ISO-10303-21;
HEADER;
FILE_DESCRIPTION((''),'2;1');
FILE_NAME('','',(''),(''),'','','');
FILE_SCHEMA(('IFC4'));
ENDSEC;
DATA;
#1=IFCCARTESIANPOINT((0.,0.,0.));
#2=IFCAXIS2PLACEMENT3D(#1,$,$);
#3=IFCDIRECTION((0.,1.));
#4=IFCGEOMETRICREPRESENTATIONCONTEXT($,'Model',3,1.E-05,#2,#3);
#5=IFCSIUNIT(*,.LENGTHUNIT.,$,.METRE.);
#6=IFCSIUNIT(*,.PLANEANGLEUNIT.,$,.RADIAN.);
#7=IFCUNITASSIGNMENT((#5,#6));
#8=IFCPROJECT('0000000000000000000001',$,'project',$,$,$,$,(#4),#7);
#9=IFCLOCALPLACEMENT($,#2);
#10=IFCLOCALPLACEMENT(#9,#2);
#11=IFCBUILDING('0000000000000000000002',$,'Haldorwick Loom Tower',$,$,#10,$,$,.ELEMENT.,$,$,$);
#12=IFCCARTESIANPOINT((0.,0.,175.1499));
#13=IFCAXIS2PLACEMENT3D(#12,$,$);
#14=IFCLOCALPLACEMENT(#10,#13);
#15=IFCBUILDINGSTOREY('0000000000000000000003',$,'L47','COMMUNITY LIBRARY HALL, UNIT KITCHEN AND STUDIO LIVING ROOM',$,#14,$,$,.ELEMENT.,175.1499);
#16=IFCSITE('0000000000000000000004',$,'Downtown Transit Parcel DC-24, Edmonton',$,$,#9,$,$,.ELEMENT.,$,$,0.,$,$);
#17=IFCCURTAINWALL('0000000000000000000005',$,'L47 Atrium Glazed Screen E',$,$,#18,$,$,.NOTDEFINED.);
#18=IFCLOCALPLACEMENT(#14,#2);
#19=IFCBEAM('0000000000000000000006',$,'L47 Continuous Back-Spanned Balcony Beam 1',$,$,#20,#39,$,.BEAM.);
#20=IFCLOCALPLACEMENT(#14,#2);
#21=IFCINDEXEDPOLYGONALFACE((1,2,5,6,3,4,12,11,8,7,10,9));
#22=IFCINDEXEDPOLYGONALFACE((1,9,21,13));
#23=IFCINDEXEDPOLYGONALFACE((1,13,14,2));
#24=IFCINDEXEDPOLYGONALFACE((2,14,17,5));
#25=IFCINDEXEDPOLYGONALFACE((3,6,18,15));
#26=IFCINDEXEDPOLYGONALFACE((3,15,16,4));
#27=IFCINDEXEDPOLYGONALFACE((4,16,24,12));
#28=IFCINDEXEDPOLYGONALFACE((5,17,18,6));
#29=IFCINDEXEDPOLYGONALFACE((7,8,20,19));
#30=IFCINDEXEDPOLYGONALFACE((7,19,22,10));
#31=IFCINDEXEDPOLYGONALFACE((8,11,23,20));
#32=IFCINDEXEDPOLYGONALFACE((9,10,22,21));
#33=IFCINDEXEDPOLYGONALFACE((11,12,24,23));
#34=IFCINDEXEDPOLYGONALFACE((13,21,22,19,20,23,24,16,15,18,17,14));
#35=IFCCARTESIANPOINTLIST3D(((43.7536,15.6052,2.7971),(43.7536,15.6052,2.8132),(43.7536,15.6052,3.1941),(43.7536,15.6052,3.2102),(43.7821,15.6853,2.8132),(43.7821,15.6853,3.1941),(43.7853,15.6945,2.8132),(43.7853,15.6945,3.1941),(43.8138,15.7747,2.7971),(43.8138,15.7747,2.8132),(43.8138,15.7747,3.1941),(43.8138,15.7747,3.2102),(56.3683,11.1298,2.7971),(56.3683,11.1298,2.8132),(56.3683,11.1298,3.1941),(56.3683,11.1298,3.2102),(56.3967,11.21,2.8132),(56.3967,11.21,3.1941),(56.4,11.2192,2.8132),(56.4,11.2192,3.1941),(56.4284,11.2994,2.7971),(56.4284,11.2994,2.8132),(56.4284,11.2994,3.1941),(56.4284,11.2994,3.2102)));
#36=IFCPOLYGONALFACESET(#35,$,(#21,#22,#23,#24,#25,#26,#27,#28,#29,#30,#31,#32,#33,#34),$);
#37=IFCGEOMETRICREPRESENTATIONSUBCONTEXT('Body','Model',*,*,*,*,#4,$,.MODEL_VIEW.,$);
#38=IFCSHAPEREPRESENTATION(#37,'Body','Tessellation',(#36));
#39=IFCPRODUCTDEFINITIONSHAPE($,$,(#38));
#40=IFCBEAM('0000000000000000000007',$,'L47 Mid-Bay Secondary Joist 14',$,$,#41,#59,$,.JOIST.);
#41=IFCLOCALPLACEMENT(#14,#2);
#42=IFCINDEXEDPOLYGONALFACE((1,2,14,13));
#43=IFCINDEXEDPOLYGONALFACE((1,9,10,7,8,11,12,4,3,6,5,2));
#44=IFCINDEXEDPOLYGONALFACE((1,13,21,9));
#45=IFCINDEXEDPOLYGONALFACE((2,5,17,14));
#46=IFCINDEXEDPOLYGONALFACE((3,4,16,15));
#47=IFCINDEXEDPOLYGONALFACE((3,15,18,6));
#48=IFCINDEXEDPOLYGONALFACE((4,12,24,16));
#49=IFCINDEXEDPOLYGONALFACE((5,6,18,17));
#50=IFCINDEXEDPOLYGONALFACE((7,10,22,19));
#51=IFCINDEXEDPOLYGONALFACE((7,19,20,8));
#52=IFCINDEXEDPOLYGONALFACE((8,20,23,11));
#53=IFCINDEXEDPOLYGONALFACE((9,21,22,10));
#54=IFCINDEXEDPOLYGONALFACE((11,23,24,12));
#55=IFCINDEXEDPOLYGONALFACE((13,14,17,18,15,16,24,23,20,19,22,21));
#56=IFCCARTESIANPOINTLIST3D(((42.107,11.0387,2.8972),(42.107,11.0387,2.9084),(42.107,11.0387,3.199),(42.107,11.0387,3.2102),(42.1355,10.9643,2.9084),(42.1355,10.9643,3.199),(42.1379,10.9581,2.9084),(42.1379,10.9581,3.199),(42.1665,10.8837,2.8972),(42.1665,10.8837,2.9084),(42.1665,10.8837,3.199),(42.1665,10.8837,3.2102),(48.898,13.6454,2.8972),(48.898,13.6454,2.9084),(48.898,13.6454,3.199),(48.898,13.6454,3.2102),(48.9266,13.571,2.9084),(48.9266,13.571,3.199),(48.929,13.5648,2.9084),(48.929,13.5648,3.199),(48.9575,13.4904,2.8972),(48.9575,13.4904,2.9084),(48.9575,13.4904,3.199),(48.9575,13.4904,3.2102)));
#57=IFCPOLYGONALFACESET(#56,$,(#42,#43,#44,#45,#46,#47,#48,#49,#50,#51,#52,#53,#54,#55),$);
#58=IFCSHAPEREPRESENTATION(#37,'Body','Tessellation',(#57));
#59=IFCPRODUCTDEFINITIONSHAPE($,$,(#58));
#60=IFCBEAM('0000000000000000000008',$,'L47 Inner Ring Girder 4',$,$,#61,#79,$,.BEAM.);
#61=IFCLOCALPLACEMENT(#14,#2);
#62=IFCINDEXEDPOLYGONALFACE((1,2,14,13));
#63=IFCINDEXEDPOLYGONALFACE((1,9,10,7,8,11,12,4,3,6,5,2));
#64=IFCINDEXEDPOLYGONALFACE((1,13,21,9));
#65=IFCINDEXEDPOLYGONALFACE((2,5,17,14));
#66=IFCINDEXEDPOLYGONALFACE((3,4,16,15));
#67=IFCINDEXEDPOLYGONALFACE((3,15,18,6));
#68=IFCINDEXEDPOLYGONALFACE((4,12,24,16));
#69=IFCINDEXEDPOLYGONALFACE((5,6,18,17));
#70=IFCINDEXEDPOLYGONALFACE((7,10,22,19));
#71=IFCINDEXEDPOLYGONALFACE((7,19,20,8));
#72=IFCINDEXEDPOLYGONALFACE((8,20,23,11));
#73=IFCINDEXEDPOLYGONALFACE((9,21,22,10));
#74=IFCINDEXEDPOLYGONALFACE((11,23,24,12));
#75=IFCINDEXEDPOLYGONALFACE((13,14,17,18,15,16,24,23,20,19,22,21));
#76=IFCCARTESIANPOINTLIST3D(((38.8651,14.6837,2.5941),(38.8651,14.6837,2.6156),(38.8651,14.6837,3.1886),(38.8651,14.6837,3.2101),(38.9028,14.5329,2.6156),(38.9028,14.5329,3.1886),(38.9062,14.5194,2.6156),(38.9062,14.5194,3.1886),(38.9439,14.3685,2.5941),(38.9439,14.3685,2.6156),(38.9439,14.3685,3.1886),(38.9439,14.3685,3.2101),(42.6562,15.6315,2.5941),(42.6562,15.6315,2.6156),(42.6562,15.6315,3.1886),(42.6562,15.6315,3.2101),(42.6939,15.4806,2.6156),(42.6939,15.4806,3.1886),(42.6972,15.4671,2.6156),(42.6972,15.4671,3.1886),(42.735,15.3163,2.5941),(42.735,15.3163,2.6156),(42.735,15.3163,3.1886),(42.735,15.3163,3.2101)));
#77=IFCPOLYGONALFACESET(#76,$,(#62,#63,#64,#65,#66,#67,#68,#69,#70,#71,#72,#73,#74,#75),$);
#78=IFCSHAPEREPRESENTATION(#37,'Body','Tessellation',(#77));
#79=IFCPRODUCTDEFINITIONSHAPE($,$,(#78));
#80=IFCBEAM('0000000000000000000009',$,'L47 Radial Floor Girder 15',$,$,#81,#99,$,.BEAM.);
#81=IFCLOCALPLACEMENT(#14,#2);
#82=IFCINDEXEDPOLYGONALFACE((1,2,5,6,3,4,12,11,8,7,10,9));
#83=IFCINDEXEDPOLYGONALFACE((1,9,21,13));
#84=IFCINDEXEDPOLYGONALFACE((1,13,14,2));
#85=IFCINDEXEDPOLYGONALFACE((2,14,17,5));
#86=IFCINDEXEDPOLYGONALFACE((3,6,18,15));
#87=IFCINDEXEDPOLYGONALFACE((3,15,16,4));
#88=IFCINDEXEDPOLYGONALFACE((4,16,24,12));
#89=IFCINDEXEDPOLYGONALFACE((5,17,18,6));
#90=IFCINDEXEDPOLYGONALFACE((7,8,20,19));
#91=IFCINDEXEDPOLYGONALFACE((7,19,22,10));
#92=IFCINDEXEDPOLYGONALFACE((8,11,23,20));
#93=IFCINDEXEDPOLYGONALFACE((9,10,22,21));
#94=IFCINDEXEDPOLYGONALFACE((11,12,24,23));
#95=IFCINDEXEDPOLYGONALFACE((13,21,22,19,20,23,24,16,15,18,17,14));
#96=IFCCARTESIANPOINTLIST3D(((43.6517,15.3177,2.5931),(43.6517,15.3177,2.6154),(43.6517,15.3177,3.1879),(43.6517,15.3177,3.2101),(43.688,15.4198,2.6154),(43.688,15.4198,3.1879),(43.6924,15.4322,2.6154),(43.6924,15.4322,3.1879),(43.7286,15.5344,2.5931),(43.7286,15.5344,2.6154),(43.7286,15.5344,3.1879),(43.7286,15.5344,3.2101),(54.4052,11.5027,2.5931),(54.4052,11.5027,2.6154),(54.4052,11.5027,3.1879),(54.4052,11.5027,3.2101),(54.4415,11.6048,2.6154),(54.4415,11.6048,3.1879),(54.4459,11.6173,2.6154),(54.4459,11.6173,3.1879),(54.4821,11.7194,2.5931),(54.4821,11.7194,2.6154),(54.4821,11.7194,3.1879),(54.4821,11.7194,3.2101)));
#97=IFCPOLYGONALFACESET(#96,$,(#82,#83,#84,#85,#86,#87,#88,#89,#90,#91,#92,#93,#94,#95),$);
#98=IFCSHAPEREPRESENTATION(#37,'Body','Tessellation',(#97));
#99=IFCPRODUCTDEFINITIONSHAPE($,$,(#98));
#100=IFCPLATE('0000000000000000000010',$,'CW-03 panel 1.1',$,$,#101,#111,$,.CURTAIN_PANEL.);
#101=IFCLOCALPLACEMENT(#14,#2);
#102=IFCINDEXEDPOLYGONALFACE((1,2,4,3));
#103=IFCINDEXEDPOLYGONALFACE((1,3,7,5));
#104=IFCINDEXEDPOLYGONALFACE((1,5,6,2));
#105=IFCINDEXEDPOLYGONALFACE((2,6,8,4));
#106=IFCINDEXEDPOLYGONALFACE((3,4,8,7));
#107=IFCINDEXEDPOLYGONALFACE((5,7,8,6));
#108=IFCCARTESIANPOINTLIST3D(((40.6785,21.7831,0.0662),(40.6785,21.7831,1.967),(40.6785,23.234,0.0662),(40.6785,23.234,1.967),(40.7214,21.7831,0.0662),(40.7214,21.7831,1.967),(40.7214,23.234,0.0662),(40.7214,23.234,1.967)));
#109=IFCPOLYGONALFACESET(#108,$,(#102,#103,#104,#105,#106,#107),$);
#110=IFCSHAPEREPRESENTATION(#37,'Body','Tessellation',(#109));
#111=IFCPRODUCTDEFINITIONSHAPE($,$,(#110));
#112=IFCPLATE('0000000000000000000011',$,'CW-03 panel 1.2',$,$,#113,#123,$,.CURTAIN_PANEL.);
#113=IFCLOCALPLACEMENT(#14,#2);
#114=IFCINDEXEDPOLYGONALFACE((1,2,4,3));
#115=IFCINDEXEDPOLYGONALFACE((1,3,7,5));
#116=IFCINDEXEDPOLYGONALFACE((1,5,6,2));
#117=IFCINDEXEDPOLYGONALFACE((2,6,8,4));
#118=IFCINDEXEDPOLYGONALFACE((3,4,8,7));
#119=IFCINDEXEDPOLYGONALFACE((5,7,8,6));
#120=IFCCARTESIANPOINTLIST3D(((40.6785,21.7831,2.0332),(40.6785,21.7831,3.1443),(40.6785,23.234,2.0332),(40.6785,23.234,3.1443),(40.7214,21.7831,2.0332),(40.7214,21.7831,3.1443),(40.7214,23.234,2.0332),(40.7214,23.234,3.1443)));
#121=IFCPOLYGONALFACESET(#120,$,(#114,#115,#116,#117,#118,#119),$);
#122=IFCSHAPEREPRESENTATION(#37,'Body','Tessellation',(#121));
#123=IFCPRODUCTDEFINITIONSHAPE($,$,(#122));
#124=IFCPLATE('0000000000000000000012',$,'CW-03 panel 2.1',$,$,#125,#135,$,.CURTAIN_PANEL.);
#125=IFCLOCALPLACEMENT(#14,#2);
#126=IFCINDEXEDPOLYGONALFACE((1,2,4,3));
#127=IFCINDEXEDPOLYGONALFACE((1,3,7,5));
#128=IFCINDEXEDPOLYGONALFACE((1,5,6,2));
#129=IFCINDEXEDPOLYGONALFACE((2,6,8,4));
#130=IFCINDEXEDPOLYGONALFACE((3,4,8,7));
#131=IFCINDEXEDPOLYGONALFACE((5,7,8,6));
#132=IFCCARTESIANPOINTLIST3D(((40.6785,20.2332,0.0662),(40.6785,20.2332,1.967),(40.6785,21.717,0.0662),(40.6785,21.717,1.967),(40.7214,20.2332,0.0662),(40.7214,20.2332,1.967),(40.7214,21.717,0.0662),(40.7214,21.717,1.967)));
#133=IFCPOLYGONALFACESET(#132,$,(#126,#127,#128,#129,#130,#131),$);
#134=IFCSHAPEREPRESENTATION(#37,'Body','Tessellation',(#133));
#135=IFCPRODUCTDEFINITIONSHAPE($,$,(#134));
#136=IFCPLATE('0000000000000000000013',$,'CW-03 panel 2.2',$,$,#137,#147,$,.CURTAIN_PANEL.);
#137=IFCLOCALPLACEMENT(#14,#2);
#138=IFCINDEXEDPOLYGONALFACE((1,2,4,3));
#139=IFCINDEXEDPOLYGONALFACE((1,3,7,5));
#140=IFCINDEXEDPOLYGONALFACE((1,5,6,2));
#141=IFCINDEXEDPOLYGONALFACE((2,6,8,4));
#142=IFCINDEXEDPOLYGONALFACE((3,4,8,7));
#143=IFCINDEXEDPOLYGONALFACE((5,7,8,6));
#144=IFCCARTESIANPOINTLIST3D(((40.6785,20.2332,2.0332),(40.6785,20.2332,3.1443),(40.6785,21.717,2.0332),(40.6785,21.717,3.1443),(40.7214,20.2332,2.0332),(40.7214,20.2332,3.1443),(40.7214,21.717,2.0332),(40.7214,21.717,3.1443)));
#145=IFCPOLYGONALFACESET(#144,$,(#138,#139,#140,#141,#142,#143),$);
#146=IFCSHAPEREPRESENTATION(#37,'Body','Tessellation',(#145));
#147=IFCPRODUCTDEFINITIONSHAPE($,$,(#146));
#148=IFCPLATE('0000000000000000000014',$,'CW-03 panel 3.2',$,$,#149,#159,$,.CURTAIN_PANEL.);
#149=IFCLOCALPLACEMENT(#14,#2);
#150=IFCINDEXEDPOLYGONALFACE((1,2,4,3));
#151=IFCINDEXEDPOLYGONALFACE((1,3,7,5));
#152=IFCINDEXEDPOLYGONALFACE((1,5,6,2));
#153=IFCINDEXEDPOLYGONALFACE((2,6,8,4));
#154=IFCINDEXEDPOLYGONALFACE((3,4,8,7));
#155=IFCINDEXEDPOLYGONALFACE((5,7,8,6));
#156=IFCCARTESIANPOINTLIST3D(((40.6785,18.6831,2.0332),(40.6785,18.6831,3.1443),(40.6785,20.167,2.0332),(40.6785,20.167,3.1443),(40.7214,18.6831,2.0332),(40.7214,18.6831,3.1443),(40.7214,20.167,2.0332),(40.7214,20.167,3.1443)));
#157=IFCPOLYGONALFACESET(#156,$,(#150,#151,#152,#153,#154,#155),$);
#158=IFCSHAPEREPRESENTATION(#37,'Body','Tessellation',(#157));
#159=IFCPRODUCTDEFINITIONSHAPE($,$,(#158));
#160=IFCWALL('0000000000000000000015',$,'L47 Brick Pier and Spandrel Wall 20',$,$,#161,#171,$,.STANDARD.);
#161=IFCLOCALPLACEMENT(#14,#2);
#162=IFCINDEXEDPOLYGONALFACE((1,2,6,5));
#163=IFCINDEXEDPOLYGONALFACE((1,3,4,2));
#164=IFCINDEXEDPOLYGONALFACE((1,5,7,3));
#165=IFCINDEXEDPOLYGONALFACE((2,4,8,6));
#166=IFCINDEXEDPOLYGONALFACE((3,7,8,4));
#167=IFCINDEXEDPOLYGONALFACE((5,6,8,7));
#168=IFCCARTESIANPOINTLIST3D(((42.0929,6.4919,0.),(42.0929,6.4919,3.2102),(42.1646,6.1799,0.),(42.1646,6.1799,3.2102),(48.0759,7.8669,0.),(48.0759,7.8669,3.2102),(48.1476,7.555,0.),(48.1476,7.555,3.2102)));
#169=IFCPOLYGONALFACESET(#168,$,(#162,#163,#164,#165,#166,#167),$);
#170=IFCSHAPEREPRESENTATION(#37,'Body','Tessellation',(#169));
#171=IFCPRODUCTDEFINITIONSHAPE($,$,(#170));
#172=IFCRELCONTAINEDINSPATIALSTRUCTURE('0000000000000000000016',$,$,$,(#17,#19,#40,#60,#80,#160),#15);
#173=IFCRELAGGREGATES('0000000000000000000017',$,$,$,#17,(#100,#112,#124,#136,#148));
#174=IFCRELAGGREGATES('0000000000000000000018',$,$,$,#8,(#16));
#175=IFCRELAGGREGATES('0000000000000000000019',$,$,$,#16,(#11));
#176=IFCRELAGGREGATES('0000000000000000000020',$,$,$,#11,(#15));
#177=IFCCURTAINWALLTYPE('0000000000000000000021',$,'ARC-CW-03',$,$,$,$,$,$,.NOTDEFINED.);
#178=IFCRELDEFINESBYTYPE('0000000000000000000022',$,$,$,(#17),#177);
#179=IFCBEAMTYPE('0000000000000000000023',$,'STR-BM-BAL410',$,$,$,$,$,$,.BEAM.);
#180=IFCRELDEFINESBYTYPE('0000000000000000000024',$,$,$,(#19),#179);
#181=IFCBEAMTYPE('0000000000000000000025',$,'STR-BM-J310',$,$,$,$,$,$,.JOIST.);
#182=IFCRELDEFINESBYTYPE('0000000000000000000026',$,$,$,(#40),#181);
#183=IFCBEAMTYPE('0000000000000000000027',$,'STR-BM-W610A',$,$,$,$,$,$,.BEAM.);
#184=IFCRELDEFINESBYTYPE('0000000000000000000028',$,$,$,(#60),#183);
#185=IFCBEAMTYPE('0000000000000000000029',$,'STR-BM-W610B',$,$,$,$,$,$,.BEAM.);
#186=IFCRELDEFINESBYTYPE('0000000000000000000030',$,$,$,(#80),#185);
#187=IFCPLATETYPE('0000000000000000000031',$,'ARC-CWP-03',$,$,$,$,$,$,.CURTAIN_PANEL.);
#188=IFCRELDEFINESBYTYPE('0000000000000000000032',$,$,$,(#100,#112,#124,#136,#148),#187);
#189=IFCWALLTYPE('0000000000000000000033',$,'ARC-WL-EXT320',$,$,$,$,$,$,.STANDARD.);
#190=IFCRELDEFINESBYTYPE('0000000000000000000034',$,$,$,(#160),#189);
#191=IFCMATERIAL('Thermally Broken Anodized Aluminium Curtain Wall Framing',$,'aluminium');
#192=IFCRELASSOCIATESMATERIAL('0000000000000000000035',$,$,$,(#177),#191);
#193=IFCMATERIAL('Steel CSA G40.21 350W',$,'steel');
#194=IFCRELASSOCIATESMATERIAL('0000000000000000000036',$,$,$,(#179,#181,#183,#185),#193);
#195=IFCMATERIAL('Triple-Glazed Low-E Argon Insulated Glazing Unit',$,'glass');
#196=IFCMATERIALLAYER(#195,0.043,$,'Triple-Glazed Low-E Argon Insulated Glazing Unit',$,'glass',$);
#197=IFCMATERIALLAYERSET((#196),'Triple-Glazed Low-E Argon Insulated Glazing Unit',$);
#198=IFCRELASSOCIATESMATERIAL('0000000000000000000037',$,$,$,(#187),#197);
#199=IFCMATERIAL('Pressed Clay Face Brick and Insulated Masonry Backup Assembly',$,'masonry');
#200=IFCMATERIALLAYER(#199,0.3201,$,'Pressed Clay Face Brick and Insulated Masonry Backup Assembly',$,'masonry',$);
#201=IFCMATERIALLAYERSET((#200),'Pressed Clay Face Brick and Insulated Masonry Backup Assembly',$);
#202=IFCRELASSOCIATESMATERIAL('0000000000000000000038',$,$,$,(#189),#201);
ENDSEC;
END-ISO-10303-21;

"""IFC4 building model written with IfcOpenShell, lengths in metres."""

from ifc_helpers import new_model, si_unit, direction, frame, frame_2d, origin, origin_2d, place, context, subcontext, project, spatial, rectangle, i_section, extrude, material, layer, layer_set, material_profile, profile_set, type_object, element, aggregate, save


model = new_model("IFC4")

# Units and contexts
model_context = context("Model", 3, precision=1e-05, world=origin(), true_north=direction((0.0, 1.0)))
body_context = subcontext(model_context, "Body", "Model", "MODEL_VIEW")
ifc_project = project(units=[si_unit("LENGTHUNIT", "METRE"), si_unit("PLANEANGLEUNIT", "RADIAN")], contexts=[model_context])

# Site, building, storey
site_placement = place(None, origin())
site = spatial("IfcSite", under=ifc_project, at=site_placement, Name="Downtown Transit Parcel DC-24, Edmonton", CompositionType="ELEMENT", RefElevation=0.0)
building_placement = place(site_placement, origin())
building = spatial("IfcBuilding", under=site, at=building_placement, Name="Haldorwick Loom Tower", CompositionType="ELEMENT")
storey_placement = place(building_placement, frame((0.0, 0.0, 175.1499)))
storey = spatial("IfcBuildingStorey", under=building, at=storey_placement, Name="L47", Description="COMMUNITY LIBRARY HALL, UNIT KITCHEN AND STUDIO LIVING ROOM", CompositionType="ELEMENT", Elevation=175.1499)

# Curtain wall
ifc_material_1 = material(Name="Thermally Broken Anodized Aluminium Curtain Wall Framing", Category="aluminium")
curtain_wall_type = type_object("IfcCurtainWallType", Name="ARC-CW-03", PredefinedType="NOTDEFINED", material=ifc_material_1)
curtain_wall_placement = place(storey_placement, origin())
curtain_wall = element("IfcCurtainWall", 1, at=curtain_wall_placement, inside=storey, type_object=curtain_wall_type, Name="L47 Atrium Glazed Screen E", PredefinedType="NOTDEFINED")

# Beams
ifc_material_2 = material(Name="Steel CSA G40.21 350W", Category="steel")
ifc_material_profile_1 = material_profile(ifc_material_2, i_section(OverallWidth=0.1799, OverallDepth=0.4131, WebThickness=0.0098, FlangeThickness=0.0161, at=origin_2d()), Name="W410X74", Category="steel")
ifc_profile_set_1 = profile_set([ifc_material_profile_1], Name="Steel CSA G40.21 350W")
beam_type_1 = type_object("IfcBeamType", Name="STR-BM-BAL410", PredefinedType="BEAM", material=ifc_profile_set_1)
beam_1_placement = place(storey_placement, frame((43.7837, 15.6899, 3.0037), z_axis=(0.942448, -0.334353, 0.0), x_axis=(0.334353, 0.942448, 0.0)))
element("IfcBeam", 2, at=beam_1_placement, inside=storey, type_object=beam_type_1, Name="L47 Continuous Back-Spanned Balcony Beam 1", PredefinedType="BEAM", context=body_context, shape_type="SweptSolid", body=[
    extrude(i_section(OverallWidth=0.1799, OverallDepth=0.4131, WebThickness=0.0098, FlangeThickness=0.0161, at=origin_2d()), origin(), (0.0, 0.0, 1.0), 13.385),
])
ifc_material_profile_2 = material_profile(ifc_material_2, i_section(OverallWidth=0.166, OverallDepth=0.313, WebThickness=0.0066, FlangeThickness=0.0112, at=origin_2d()), Name="W310X45", Category="steel")
ifc_profile_set_2 = profile_set([ifc_material_profile_2], Name="Steel CSA G40.21 350W")
beam_type_2 = type_object("IfcBeamType", Name="STR-BM-J310", PredefinedType="JOIST", material=ifc_profile_set_2)
beam_2_placement = place(storey_placement, frame((42.1367, 10.9612, 3.0537), z_axis=(0.933587, 0.358352, 0.0), x_axis=(-0.358352, 0.933587, 0.0)))
element("IfcBeam", 3, at=beam_2_placement, inside=storey, type_object=beam_type_2, Name="L47 Mid-Bay Secondary Joist 14", PredefinedType="JOIST", context=body_context, shape_type="SweptSolid", body=[
    extrude(i_section(OverallWidth=0.166, OverallDepth=0.313, WebThickness=0.0066, FlangeThickness=0.0112, at=origin_2d()), origin(), (0.0, 0.0, 1.0), 7.2742),
])
ifc_material_profile_3 = material_profile(ifc_material_2, i_section(OverallWidth=0.325, OverallDepth=0.616, WebThickness=0.0139, FlangeThickness=0.0215, at=origin_2d()), Name="W610X174", Category="steel")
ifc_profile_set_3 = profile_set([ifc_material_profile_3], Name="Steel CSA G40.21 350W")
beam_type_3 = type_object("IfcBeamType", Name="STR-BM-W610A", PredefinedType="BEAM", material=ifc_profile_set_3)
beam_3_placement = place(storey_placement, frame((42.6956, 15.4739, 2.9021), z_axis=(-0.970143, -0.242536, 0.0), x_axis=(0.242536, -0.970143, 0.0)))
element("IfcBeam", 4, at=beam_3_placement, inside=storey, type_object=beam_type_3, Name="L47 Inner Ring Girder 4", PredefinedType="BEAM", context=body_context, shape_type="SweptSolid", body=[
    extrude(i_section(OverallWidth=0.325, OverallDepth=0.616, WebThickness=0.0139, FlangeThickness=0.0215, at=origin_2d()), origin(), (0.0, 0.0, 1.0), 3.9077),
])
ifc_material_profile_4 = material_profile(ifc_material_2, i_section(OverallWidth=0.23, OverallDepth=0.6169, WebThickness=0.0132, FlangeThickness=0.0222, at=origin_2d()), Name="W610X140", Category="steel")
ifc_profile_set_4 = profile_set([ifc_material_profile_4], Name="Steel CSA G40.21 350W")
beam_type_4 = type_object("IfcBeamType", Name="STR-BM-W610B", PredefinedType="BEAM", material=ifc_profile_set_4)
beam_4_placement = place(storey_placement, frame((43.6902, 15.426, 2.9016), z_axis=(0.942449, -0.334349, 0.0), x_axis=(0.334349, 0.942449, 0.0)))
element("IfcBeam", 5, at=beam_4_placement, inside=storey, type_object=beam_type_4, Name="L47 Radial Floor Girder 15", PredefinedType="BEAM", context=body_context, shape_type="SweptSolid", body=[
    extrude(i_section(OverallWidth=0.23, OverallDepth=0.6169, WebThickness=0.0132, FlangeThickness=0.0222, at=origin_2d()), origin(), (0.0, 0.0, 1.0), 11.4102),
])

# Plates
ifc_material_3 = material(Name="Triple-Glazed Low-E Argon Insulated Glazing Unit", Category="glass")
ifc_layer_1 = layer(ifc_material_3, 0.043, Name="Triple-Glazed Low-E Argon Insulated Glazing Unit", Category="glass")
ifc_layer_set_1 = layer_set([ifc_layer_1], Name="Triple-Glazed Low-E Argon Insulated Glazing Unit")
plate_type = type_object("IfcPlateType", Name="ARC-CWP-03", PredefinedType="CURTAIN_PANEL", material=ifc_layer_set_1)
plate_1_placement = place(storey_placement, frame((40.7, 22.5085, 0.0662), z_axis=(0.0, 0.0, 1.0), x_axis=(0.0, -1.0, 0.0)))
plate_1 = element("IfcPlate", 6, at=plate_1_placement, type_object=plate_type, Name="CW-03 panel 1.1", PredefinedType="CURTAIN_PANEL", context=body_context, shape_type="SweptSolid", body=[
    extrude(rectangle(XDim=1.4509, YDim=0.043, at=origin_2d()), origin(), (0.0, 0.0, 1.0), 1.9009),
])
plate_2_placement = place(storey_placement, frame((40.7, 22.5085, 2.0332), z_axis=(0.0, 0.0, 1.0), x_axis=(0.0, -1.0, 0.0)))
plate_2 = element("IfcPlate", 7, at=plate_2_placement, type_object=plate_type, Name="CW-03 panel 1.2", PredefinedType="CURTAIN_PANEL", context=body_context, shape_type="SweptSolid", body=[
    extrude(rectangle(XDim=1.4509, YDim=0.043, at=origin_2d()), origin(), (0.0, 0.0, 1.0), 1.1111),
])
plate_3_placement = place(storey_placement, frame((40.7, 20.9751, 0.0662), z_axis=(0.0, 0.0, 1.0), x_axis=(0.0, -1.0, 0.0)))
plate_3 = element("IfcPlate", 8, at=plate_3_placement, type_object=plate_type, Name="CW-03 panel 2.1", PredefinedType="CURTAIN_PANEL", context=body_context, shape_type="SweptSolid", body=[
    extrude(rectangle(XDim=1.4839, YDim=0.043, at=origin_2d()), origin(), (0.0, 0.0, 1.0), 1.9009),
])
plate_4_placement = place(storey_placement, frame((40.7, 20.9751, 2.0332), z_axis=(0.0, 0.0, 1.0), x_axis=(0.0, -1.0, 0.0)))
plate_4 = element("IfcPlate", 9, at=plate_4_placement, type_object=plate_type, Name="CW-03 panel 2.2", PredefinedType="CURTAIN_PANEL", context=body_context, shape_type="SweptSolid", body=[
    extrude(rectangle(XDim=1.4839, YDim=0.043, at=origin_2d()), origin(), (0.0, 0.0, 1.0), 1.1111),
])
plate_5_placement = place(storey_placement, frame((40.7, 19.425, 2.0332), z_axis=(0.0, 0.0, 1.0), x_axis=(0.0, -1.0, 0.0)))
plate_5 = element("IfcPlate", 10, at=plate_5_placement, type_object=plate_type, Name="CW-03 panel 3.2", PredefinedType="CURTAIN_PANEL", context=body_context, shape_type="SweptSolid", body=[
    extrude(rectangle(XDim=1.4839, YDim=0.043, at=origin_2d()), origin(), (0.0, 0.0, 1.0), 1.1111),
])
aggregate(curtain_wall, [plate_1, plate_2, plate_3, plate_4, plate_5])

# Wall
ifc_material_4 = material(Name="Pressed Clay Face Brick and Insulated Masonry Backup Assembly", Category="masonry")
ifc_layer_2 = layer(ifc_material_4, 0.3201, Name="Pressed Clay Face Brick and Insulated Masonry Backup Assembly", Category="masonry")
ifc_layer_set_2 = layer_set([ifc_layer_2], Name="Pressed Clay Face Brick and Insulated Masonry Backup Assembly")
wall_type_1 = type_object("IfcWallType", Name="ARC-WL-EXT320", PredefinedType="STANDARD", material=ifc_layer_set_2)
wall_1_placement = place(storey_placement, frame((42.1289, 6.3359, 0.0), z_axis=(0.0, 0.0, 1.0), x_axis=(0.974593, 0.223982, 0.0)))
element("IfcWall", 11, at=wall_1_placement, inside=storey, type_object=wall_type_1, Name="L47 Brick Pier and Spandrel Wall 20", PredefinedType="STANDARD", context=body_context, shape_type="SweptSolid", body=[
    extrude(rectangle(XDim=6.1389, YDim=0.3201, at=frame_2d((3.0693, 0.0))), origin(), (0.0, 0.0, 1.0), 3.2102),
])

save(model, "model.ifc")
